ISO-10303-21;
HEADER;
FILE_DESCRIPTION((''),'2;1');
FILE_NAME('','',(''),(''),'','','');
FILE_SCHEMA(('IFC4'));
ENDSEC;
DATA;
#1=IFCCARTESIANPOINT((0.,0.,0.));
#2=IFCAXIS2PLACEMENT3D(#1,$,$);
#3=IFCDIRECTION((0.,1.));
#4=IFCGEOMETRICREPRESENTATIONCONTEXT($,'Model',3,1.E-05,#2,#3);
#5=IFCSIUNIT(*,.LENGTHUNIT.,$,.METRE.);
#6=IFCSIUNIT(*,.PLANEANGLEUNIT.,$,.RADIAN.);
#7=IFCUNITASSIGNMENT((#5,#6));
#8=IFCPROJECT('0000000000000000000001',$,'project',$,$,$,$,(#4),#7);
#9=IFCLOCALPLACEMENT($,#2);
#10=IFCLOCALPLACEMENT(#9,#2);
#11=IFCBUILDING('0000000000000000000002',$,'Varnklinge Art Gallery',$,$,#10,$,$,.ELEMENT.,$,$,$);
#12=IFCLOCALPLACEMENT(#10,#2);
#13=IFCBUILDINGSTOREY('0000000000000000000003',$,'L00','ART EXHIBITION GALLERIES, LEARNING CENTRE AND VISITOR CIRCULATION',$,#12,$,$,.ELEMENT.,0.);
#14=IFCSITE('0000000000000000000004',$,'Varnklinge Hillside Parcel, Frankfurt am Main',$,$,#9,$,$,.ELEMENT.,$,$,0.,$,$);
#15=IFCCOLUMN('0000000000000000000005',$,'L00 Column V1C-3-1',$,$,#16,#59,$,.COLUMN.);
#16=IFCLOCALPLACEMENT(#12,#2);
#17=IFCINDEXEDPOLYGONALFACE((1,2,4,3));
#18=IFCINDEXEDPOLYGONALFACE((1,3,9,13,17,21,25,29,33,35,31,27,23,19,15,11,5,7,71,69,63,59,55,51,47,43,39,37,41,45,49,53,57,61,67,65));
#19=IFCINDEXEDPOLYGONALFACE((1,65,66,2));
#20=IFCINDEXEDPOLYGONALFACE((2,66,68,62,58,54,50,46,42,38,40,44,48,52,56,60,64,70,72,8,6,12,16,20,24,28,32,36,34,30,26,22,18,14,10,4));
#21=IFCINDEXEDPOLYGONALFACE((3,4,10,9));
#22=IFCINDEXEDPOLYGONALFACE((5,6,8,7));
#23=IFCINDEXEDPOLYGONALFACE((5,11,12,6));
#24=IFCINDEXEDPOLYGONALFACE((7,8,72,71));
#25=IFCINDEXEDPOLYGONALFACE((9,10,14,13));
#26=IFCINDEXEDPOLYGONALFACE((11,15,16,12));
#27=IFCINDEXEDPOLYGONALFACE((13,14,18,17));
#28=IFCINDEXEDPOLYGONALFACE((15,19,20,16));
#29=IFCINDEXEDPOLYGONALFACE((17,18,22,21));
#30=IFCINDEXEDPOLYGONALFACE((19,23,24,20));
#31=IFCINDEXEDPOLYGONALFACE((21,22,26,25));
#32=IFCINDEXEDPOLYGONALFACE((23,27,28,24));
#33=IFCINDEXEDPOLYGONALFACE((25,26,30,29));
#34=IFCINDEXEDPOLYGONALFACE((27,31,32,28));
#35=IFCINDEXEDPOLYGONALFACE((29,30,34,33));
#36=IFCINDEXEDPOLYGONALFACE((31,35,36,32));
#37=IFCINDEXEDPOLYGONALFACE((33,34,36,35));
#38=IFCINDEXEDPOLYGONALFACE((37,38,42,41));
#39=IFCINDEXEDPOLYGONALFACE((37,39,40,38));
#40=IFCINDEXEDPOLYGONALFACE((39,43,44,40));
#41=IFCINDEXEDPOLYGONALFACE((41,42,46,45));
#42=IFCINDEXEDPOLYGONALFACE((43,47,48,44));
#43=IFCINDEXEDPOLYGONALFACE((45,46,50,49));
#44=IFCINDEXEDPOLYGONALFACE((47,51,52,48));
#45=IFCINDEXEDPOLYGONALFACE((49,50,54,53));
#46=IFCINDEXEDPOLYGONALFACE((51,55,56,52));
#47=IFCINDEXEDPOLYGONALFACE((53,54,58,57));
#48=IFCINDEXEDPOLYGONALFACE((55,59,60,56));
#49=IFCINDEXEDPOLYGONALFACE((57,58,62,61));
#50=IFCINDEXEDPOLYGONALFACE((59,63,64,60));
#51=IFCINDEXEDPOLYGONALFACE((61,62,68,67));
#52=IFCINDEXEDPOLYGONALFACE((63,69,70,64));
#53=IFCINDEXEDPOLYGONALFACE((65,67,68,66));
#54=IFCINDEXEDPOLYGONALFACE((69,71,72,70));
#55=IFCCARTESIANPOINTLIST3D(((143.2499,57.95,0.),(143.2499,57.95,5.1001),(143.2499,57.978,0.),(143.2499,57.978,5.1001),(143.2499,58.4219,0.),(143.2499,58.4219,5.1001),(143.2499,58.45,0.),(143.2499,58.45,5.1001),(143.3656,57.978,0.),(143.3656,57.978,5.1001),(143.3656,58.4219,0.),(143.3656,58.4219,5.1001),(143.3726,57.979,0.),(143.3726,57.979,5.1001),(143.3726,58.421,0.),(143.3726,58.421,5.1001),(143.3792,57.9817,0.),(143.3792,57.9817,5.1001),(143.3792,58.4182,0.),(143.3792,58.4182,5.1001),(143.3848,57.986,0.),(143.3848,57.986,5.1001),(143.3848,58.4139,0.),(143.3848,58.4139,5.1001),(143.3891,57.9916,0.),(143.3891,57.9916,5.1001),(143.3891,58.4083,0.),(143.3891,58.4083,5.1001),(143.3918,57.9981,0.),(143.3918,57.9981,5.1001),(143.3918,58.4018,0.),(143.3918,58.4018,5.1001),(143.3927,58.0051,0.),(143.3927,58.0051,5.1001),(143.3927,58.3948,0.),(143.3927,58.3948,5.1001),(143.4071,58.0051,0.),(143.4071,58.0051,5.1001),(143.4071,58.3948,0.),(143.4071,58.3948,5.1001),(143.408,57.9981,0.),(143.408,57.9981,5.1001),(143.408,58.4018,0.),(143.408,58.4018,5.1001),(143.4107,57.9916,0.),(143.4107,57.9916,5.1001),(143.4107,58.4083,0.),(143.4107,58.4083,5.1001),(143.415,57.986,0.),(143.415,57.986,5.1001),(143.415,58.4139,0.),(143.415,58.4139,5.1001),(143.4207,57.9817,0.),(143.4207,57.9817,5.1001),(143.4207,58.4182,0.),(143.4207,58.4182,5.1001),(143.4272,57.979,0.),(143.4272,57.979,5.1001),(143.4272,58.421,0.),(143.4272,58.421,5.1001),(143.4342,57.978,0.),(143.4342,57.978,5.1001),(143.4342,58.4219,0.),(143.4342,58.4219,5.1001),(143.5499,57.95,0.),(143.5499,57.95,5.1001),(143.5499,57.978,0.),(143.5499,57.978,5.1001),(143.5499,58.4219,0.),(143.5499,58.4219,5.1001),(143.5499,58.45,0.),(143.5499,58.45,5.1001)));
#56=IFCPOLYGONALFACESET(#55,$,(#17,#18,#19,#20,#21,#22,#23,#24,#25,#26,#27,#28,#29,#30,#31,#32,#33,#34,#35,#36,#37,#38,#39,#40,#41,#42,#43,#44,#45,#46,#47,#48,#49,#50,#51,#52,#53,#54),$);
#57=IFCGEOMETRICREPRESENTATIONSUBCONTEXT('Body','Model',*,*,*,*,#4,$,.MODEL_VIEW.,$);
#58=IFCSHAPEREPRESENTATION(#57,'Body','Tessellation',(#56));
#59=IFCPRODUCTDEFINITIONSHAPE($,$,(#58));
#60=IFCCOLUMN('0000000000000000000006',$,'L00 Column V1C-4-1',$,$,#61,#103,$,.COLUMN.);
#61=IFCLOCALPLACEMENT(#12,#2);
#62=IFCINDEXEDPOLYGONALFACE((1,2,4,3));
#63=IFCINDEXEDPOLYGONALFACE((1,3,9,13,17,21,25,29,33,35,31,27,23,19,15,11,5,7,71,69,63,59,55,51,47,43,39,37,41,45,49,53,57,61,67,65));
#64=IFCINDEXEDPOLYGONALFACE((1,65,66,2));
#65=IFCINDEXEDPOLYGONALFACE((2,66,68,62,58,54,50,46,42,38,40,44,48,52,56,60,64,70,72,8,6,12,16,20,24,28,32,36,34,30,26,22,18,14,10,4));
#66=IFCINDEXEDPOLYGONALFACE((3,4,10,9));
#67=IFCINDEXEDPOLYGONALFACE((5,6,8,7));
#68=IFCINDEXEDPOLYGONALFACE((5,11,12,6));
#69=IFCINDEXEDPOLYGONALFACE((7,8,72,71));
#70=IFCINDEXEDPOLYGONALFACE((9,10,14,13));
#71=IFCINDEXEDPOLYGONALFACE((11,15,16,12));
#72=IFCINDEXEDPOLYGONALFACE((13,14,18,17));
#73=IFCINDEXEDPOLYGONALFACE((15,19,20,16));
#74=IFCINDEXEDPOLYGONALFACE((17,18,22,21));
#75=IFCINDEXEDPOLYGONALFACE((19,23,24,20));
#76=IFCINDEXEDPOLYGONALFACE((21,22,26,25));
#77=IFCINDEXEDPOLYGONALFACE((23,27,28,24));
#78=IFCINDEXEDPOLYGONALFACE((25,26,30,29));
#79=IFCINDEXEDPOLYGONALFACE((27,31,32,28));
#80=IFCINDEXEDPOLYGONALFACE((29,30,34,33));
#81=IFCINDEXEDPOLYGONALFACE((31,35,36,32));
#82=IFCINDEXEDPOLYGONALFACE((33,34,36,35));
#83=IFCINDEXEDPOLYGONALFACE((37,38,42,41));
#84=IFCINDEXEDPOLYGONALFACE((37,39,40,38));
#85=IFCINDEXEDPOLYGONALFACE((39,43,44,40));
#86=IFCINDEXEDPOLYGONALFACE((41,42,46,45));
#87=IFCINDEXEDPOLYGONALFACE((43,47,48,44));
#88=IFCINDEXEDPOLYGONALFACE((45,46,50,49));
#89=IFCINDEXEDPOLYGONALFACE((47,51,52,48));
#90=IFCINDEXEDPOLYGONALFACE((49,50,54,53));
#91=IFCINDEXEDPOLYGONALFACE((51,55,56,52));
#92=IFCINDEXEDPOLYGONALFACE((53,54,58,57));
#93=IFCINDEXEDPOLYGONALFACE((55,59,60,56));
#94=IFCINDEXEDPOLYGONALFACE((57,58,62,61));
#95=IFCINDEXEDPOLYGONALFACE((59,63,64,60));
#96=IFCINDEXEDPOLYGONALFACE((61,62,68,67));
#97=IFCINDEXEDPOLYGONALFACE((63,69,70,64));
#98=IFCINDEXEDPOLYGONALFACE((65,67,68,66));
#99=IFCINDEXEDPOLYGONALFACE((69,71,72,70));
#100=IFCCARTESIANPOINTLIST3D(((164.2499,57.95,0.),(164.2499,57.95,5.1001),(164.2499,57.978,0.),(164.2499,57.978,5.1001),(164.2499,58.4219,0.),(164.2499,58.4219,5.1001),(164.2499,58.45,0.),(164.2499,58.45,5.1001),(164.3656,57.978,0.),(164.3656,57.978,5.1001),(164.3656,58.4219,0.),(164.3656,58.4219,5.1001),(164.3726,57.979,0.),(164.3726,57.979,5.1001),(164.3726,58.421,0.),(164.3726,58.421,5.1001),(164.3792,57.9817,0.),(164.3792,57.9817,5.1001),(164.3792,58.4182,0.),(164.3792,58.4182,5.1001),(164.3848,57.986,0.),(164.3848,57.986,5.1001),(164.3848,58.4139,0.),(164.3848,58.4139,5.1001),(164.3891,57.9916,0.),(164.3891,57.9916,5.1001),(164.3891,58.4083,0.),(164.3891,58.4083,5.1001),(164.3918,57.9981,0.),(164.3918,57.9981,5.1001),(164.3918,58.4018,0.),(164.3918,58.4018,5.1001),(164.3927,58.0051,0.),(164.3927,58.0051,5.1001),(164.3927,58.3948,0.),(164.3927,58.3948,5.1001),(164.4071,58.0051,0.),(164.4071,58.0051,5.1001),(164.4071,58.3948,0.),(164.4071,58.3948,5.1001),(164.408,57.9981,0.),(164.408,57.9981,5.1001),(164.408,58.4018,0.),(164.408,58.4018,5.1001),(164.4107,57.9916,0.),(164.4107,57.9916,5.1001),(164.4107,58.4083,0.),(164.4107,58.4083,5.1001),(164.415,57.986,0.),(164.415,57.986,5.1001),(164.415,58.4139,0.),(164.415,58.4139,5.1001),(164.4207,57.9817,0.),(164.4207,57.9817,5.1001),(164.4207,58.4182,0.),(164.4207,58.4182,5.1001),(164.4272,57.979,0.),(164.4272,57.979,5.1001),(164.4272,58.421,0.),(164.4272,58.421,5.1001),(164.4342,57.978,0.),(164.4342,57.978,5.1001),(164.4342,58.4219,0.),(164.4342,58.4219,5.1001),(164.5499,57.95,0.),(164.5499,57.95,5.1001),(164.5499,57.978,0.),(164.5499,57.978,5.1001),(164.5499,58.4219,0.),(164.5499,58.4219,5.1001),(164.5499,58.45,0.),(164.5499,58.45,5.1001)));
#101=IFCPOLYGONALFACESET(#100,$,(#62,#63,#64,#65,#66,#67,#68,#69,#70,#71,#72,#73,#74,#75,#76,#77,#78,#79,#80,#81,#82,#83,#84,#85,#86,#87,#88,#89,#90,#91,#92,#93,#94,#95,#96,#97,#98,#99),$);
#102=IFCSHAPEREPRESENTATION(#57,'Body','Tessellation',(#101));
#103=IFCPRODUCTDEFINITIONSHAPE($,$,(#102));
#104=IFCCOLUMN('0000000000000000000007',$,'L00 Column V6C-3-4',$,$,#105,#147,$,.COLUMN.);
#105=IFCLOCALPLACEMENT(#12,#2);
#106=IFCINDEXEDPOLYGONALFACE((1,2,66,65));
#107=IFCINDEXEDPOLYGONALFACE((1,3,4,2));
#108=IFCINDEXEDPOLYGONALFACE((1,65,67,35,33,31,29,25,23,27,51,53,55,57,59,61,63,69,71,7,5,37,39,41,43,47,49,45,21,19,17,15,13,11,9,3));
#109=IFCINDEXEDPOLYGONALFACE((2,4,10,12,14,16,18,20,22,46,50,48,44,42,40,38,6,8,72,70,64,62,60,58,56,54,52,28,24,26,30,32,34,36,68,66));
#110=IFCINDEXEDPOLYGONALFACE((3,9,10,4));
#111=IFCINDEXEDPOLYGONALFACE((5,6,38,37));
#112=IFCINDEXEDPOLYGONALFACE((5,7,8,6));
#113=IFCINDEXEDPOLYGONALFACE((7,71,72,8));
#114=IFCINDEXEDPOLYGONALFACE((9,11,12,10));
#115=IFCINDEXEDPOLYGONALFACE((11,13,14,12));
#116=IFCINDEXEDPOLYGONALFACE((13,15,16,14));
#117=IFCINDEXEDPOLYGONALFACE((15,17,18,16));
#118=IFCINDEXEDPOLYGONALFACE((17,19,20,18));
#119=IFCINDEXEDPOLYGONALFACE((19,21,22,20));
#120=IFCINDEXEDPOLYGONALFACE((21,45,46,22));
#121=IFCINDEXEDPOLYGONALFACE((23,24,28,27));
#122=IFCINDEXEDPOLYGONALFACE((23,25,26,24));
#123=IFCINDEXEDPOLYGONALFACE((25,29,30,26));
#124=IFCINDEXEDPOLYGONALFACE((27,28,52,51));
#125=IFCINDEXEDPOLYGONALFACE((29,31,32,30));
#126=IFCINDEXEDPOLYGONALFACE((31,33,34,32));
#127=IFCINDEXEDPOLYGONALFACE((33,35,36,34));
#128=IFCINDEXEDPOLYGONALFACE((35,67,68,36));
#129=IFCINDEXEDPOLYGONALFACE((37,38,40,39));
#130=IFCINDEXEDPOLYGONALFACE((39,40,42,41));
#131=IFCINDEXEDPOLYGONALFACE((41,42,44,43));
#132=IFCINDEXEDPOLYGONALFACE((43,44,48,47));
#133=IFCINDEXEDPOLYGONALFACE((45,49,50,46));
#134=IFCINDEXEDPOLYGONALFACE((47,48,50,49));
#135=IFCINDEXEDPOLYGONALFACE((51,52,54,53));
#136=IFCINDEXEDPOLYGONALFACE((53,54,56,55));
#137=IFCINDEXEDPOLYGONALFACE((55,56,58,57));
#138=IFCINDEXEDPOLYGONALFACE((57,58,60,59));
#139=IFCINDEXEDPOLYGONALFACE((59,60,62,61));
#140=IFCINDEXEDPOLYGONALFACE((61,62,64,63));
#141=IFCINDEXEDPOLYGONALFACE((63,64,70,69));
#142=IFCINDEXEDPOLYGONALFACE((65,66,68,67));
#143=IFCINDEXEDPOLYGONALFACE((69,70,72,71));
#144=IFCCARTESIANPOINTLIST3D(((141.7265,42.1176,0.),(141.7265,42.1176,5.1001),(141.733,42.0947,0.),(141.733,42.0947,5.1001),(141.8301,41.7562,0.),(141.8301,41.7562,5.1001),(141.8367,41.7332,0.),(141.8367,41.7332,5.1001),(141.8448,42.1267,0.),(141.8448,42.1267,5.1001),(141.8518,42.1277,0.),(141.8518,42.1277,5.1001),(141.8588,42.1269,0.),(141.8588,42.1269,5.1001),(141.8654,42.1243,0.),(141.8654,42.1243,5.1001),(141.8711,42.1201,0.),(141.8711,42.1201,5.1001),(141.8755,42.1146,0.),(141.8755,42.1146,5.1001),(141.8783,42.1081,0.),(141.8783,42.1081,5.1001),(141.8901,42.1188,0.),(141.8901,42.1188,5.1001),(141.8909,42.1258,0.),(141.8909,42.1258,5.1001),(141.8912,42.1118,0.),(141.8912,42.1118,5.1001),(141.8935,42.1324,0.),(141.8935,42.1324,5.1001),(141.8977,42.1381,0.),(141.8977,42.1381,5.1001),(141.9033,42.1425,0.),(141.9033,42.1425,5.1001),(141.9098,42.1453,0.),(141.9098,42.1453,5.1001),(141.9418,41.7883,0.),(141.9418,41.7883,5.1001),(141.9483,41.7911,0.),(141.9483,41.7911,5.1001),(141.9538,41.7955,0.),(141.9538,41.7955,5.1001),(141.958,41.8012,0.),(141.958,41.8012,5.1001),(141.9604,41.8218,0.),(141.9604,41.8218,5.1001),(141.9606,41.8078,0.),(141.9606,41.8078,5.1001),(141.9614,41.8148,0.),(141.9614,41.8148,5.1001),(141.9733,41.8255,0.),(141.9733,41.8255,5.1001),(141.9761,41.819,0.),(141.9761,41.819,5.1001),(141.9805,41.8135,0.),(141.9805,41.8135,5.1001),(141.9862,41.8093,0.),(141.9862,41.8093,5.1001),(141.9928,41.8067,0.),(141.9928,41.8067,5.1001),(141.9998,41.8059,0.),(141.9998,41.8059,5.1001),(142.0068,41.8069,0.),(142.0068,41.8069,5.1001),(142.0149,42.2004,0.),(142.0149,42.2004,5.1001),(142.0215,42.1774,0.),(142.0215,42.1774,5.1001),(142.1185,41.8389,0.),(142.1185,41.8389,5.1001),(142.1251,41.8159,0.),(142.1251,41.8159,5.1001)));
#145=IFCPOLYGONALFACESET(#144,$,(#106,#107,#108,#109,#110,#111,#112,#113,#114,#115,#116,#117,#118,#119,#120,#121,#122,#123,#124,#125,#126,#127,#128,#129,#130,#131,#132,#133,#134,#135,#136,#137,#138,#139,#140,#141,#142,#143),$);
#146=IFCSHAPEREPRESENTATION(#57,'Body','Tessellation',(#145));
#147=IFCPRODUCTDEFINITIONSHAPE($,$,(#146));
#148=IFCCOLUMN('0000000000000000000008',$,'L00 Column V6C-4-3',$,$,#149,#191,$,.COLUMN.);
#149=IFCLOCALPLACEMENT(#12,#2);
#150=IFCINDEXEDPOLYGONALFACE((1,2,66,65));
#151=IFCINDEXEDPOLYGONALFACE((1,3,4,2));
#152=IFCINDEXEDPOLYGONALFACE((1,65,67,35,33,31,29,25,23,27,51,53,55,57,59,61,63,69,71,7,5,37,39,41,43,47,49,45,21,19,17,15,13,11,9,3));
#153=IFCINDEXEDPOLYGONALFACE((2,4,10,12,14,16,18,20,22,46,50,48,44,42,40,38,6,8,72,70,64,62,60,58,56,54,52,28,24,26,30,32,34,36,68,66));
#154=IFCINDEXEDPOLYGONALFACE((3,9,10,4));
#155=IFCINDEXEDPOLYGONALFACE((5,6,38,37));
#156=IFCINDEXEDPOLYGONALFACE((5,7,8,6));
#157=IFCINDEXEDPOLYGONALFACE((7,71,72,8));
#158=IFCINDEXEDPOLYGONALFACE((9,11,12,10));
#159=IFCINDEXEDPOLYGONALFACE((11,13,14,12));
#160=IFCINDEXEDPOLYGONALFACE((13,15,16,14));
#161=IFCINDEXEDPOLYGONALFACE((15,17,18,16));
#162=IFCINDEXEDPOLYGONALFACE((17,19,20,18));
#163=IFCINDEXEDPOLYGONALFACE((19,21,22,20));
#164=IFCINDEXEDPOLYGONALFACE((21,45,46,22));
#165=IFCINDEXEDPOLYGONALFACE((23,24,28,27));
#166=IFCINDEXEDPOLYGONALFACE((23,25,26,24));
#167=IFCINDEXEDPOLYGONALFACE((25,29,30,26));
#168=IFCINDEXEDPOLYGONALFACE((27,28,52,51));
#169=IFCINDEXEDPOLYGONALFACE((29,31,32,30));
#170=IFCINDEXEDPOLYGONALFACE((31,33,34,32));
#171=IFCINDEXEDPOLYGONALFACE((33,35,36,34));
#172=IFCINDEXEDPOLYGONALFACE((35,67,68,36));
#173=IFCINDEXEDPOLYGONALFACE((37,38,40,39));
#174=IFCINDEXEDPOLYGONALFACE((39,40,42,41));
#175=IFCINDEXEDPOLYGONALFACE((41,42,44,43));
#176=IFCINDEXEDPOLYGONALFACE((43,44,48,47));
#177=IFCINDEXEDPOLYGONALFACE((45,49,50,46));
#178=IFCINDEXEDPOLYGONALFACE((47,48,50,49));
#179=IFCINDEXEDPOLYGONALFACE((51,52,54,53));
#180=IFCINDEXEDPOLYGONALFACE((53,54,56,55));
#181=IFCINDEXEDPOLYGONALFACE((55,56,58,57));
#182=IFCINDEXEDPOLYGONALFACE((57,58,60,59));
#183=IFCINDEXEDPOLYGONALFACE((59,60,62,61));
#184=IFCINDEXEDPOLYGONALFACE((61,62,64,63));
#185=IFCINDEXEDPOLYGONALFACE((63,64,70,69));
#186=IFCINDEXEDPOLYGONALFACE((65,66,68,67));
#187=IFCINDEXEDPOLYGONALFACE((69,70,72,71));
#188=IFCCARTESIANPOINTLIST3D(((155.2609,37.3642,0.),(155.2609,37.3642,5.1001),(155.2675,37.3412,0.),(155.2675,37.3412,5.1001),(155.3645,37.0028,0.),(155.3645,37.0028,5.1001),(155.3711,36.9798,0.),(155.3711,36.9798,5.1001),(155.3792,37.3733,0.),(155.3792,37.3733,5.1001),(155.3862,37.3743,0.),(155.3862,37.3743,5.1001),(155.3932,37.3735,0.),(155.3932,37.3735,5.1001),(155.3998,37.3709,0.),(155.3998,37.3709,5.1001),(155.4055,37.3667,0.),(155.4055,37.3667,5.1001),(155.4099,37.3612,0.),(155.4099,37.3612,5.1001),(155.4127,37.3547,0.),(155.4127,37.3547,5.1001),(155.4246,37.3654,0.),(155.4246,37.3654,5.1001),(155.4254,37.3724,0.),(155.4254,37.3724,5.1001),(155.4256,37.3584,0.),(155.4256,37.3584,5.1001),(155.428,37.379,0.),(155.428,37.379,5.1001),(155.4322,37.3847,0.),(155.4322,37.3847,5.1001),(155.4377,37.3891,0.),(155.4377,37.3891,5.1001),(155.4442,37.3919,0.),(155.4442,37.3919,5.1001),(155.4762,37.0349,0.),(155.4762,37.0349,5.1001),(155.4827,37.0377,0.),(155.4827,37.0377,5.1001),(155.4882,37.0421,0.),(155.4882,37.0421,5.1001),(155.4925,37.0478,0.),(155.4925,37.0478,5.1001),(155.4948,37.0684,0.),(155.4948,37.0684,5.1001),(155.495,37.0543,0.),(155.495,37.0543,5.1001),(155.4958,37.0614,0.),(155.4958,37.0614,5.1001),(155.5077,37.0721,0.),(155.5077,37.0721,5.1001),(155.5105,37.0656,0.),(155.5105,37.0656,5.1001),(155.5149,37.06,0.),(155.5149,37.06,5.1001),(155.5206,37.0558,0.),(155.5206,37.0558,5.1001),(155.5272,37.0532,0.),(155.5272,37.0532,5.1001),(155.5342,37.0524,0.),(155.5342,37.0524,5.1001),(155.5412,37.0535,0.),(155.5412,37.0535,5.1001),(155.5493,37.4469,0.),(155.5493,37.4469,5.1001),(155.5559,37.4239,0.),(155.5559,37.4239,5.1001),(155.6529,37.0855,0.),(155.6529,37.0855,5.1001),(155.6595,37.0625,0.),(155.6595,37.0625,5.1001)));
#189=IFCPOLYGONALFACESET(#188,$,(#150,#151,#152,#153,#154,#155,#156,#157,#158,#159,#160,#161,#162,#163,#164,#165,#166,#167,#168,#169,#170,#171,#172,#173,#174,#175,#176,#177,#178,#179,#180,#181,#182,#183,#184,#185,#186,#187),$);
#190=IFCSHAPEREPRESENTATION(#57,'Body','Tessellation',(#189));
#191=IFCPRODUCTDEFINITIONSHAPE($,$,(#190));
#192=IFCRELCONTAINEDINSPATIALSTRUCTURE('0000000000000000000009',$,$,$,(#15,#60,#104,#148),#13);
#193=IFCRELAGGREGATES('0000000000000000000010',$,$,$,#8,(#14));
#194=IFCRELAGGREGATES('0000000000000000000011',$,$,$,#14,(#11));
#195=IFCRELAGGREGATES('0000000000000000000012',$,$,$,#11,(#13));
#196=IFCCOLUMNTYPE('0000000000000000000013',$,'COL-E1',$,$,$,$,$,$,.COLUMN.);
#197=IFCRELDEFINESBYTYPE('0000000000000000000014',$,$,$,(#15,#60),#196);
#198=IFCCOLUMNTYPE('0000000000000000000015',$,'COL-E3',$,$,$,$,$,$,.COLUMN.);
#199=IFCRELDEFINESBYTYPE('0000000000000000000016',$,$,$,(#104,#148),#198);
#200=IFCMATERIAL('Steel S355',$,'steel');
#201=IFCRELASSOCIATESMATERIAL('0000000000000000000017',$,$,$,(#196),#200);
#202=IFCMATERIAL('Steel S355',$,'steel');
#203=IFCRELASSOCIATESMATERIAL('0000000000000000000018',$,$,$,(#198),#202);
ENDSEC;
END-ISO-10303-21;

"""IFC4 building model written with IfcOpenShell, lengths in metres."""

from ifc_helpers import new_model, si_unit, direction, frame, origin, origin_2d, place, context, subcontext, project, spatial, i_section, extrude, material, material_profile, profile_set, type_object, element, save


model = new_model("IFC4")

# Units and contexts
model_context = context("Model", 3, precision=1e-05, world=origin(), true_north=direction((0.0, 1.0)))
body_context = subcontext(model_context, "Body", "Model", "MODEL_VIEW")
ifc_project = project(units=[si_unit("LENGTHUNIT", "METRE"), si_unit("PLANEANGLEUNIT", "RADIAN")], contexts=[model_context])

# Site, building, storey
site_placement = place(None, origin())
site = spatial("IfcSite", under=ifc_project, at=site_placement, Name="Varnklinge Hillside Parcel, Frankfurt am Main", CompositionType="ELEMENT", RefElevation=0.0)
building_placement = place(site_placement, origin())
building = spatial("IfcBuilding", under=site, at=building_placement, Name="Varnklinge Art Gallery", CompositionType="ELEMENT")
storey_placement = place(building_placement, origin())
storey = spatial("IfcBuildingStorey", under=building, at=storey_placement, Name="L00", Description="ART EXHIBITION GALLERIES, LEARNING CENTRE AND VISITOR CIRCULATION", CompositionType="ELEMENT", Elevation=0.0)

# Columns
ifc_material_1 = material(Name="Steel S355", Category="steel")
ifc_material_profile_1 = material_profile(ifc_material_1, i_section(OverallWidth=0.3, OverallDepth=0.5, WebThickness=0.0144, FlangeThickness=0.0281, FilletRadius=0.0271, at=origin_2d()), Name="HEB 500")
ifc_profile_set_1 = profile_set([ifc_material_profile_1], Name="Steel S355")
column_type_1 = type_object("IfcColumnType", Name="COL-E1", PredefinedType="COLUMN", material=ifc_profile_set_1)
for number, where, z_axis, x_axis, name in (
    (1, (143.3999, 58.2, 0.0), (0.0, 0.0, 1.0), (1.0, 0.0, 0.0), "L00 Column V1C-3-1"),
    (2, (164.3999, 58.2, 0.0), (0.0, 0.0, 1.0), (1.0, 0.0, 0.0), "L00 Column V1C-4-1"),
):
    element("IfcColumn", number, at=place(storey_placement, frame(where, z_axis=z_axis, x_axis=x_axis)), inside=storey, type_object=column_type_1, Name=name, PredefinedType="COLUMN", context=body_context, shape_type="SweptSolid", body=[
        extrude(i_section(OverallWidth=0.3, OverallDepth=0.5, WebThickness=0.0144, FlangeThickness=0.0281, FilletRadius=0.0271, at=origin_2d()), origin(), (0.0, 0.0, 1.0), 5.1001),
    ])
ifc_material_2 = material(Name="Steel S355", Category="steel")
ifc_material_profile_2 = material_profile(ifc_material_2, i_section(OverallWidth=0.3, OverallDepth=0.3999, WebThickness=0.0134, FlangeThickness=0.0239, FilletRadius=0.0271, at=origin_2d()), Name="HEB 400")
ifc_profile_set_2 = profile_set([ifc_material_profile_2], Name="Steel S355")
column_type_2 = type_object("IfcColumnType", Name="COL-E3", PredefinedType="COLUMN", material=ifc_profile_set_2)
for number, where, z_axis, x_axis, name in (
    (3, (141.9258, 41.9668, 0.0), (0.0, 0.0, 1.0), (0.961262, 0.275637, 0.0), "L00 Column V6C-3-4"),
    (4, (155.4602, 37.2134, 0.0), (0.0, 0.0, 1.0), (0.961262, 0.275637, 0.0), "L00 Column V6C-4-3"),
):
    element("IfcColumn", number, at=place(storey_placement, frame(where, z_axis=z_axis, x_axis=x_axis)), inside=storey, type_object=column_type_2, Name=name, PredefinedType="COLUMN", context=body_context, shape_type="SweptSolid", body=[
        extrude(i_section(OverallWidth=0.3, OverallDepth=0.3999, WebThickness=0.0134, FlangeThickness=0.0239, FilletRadius=0.0271, at=origin_2d()), origin(), (0.0, 0.0, 1.0), 5.1001),
    ])

save(model, "model.ifc")
